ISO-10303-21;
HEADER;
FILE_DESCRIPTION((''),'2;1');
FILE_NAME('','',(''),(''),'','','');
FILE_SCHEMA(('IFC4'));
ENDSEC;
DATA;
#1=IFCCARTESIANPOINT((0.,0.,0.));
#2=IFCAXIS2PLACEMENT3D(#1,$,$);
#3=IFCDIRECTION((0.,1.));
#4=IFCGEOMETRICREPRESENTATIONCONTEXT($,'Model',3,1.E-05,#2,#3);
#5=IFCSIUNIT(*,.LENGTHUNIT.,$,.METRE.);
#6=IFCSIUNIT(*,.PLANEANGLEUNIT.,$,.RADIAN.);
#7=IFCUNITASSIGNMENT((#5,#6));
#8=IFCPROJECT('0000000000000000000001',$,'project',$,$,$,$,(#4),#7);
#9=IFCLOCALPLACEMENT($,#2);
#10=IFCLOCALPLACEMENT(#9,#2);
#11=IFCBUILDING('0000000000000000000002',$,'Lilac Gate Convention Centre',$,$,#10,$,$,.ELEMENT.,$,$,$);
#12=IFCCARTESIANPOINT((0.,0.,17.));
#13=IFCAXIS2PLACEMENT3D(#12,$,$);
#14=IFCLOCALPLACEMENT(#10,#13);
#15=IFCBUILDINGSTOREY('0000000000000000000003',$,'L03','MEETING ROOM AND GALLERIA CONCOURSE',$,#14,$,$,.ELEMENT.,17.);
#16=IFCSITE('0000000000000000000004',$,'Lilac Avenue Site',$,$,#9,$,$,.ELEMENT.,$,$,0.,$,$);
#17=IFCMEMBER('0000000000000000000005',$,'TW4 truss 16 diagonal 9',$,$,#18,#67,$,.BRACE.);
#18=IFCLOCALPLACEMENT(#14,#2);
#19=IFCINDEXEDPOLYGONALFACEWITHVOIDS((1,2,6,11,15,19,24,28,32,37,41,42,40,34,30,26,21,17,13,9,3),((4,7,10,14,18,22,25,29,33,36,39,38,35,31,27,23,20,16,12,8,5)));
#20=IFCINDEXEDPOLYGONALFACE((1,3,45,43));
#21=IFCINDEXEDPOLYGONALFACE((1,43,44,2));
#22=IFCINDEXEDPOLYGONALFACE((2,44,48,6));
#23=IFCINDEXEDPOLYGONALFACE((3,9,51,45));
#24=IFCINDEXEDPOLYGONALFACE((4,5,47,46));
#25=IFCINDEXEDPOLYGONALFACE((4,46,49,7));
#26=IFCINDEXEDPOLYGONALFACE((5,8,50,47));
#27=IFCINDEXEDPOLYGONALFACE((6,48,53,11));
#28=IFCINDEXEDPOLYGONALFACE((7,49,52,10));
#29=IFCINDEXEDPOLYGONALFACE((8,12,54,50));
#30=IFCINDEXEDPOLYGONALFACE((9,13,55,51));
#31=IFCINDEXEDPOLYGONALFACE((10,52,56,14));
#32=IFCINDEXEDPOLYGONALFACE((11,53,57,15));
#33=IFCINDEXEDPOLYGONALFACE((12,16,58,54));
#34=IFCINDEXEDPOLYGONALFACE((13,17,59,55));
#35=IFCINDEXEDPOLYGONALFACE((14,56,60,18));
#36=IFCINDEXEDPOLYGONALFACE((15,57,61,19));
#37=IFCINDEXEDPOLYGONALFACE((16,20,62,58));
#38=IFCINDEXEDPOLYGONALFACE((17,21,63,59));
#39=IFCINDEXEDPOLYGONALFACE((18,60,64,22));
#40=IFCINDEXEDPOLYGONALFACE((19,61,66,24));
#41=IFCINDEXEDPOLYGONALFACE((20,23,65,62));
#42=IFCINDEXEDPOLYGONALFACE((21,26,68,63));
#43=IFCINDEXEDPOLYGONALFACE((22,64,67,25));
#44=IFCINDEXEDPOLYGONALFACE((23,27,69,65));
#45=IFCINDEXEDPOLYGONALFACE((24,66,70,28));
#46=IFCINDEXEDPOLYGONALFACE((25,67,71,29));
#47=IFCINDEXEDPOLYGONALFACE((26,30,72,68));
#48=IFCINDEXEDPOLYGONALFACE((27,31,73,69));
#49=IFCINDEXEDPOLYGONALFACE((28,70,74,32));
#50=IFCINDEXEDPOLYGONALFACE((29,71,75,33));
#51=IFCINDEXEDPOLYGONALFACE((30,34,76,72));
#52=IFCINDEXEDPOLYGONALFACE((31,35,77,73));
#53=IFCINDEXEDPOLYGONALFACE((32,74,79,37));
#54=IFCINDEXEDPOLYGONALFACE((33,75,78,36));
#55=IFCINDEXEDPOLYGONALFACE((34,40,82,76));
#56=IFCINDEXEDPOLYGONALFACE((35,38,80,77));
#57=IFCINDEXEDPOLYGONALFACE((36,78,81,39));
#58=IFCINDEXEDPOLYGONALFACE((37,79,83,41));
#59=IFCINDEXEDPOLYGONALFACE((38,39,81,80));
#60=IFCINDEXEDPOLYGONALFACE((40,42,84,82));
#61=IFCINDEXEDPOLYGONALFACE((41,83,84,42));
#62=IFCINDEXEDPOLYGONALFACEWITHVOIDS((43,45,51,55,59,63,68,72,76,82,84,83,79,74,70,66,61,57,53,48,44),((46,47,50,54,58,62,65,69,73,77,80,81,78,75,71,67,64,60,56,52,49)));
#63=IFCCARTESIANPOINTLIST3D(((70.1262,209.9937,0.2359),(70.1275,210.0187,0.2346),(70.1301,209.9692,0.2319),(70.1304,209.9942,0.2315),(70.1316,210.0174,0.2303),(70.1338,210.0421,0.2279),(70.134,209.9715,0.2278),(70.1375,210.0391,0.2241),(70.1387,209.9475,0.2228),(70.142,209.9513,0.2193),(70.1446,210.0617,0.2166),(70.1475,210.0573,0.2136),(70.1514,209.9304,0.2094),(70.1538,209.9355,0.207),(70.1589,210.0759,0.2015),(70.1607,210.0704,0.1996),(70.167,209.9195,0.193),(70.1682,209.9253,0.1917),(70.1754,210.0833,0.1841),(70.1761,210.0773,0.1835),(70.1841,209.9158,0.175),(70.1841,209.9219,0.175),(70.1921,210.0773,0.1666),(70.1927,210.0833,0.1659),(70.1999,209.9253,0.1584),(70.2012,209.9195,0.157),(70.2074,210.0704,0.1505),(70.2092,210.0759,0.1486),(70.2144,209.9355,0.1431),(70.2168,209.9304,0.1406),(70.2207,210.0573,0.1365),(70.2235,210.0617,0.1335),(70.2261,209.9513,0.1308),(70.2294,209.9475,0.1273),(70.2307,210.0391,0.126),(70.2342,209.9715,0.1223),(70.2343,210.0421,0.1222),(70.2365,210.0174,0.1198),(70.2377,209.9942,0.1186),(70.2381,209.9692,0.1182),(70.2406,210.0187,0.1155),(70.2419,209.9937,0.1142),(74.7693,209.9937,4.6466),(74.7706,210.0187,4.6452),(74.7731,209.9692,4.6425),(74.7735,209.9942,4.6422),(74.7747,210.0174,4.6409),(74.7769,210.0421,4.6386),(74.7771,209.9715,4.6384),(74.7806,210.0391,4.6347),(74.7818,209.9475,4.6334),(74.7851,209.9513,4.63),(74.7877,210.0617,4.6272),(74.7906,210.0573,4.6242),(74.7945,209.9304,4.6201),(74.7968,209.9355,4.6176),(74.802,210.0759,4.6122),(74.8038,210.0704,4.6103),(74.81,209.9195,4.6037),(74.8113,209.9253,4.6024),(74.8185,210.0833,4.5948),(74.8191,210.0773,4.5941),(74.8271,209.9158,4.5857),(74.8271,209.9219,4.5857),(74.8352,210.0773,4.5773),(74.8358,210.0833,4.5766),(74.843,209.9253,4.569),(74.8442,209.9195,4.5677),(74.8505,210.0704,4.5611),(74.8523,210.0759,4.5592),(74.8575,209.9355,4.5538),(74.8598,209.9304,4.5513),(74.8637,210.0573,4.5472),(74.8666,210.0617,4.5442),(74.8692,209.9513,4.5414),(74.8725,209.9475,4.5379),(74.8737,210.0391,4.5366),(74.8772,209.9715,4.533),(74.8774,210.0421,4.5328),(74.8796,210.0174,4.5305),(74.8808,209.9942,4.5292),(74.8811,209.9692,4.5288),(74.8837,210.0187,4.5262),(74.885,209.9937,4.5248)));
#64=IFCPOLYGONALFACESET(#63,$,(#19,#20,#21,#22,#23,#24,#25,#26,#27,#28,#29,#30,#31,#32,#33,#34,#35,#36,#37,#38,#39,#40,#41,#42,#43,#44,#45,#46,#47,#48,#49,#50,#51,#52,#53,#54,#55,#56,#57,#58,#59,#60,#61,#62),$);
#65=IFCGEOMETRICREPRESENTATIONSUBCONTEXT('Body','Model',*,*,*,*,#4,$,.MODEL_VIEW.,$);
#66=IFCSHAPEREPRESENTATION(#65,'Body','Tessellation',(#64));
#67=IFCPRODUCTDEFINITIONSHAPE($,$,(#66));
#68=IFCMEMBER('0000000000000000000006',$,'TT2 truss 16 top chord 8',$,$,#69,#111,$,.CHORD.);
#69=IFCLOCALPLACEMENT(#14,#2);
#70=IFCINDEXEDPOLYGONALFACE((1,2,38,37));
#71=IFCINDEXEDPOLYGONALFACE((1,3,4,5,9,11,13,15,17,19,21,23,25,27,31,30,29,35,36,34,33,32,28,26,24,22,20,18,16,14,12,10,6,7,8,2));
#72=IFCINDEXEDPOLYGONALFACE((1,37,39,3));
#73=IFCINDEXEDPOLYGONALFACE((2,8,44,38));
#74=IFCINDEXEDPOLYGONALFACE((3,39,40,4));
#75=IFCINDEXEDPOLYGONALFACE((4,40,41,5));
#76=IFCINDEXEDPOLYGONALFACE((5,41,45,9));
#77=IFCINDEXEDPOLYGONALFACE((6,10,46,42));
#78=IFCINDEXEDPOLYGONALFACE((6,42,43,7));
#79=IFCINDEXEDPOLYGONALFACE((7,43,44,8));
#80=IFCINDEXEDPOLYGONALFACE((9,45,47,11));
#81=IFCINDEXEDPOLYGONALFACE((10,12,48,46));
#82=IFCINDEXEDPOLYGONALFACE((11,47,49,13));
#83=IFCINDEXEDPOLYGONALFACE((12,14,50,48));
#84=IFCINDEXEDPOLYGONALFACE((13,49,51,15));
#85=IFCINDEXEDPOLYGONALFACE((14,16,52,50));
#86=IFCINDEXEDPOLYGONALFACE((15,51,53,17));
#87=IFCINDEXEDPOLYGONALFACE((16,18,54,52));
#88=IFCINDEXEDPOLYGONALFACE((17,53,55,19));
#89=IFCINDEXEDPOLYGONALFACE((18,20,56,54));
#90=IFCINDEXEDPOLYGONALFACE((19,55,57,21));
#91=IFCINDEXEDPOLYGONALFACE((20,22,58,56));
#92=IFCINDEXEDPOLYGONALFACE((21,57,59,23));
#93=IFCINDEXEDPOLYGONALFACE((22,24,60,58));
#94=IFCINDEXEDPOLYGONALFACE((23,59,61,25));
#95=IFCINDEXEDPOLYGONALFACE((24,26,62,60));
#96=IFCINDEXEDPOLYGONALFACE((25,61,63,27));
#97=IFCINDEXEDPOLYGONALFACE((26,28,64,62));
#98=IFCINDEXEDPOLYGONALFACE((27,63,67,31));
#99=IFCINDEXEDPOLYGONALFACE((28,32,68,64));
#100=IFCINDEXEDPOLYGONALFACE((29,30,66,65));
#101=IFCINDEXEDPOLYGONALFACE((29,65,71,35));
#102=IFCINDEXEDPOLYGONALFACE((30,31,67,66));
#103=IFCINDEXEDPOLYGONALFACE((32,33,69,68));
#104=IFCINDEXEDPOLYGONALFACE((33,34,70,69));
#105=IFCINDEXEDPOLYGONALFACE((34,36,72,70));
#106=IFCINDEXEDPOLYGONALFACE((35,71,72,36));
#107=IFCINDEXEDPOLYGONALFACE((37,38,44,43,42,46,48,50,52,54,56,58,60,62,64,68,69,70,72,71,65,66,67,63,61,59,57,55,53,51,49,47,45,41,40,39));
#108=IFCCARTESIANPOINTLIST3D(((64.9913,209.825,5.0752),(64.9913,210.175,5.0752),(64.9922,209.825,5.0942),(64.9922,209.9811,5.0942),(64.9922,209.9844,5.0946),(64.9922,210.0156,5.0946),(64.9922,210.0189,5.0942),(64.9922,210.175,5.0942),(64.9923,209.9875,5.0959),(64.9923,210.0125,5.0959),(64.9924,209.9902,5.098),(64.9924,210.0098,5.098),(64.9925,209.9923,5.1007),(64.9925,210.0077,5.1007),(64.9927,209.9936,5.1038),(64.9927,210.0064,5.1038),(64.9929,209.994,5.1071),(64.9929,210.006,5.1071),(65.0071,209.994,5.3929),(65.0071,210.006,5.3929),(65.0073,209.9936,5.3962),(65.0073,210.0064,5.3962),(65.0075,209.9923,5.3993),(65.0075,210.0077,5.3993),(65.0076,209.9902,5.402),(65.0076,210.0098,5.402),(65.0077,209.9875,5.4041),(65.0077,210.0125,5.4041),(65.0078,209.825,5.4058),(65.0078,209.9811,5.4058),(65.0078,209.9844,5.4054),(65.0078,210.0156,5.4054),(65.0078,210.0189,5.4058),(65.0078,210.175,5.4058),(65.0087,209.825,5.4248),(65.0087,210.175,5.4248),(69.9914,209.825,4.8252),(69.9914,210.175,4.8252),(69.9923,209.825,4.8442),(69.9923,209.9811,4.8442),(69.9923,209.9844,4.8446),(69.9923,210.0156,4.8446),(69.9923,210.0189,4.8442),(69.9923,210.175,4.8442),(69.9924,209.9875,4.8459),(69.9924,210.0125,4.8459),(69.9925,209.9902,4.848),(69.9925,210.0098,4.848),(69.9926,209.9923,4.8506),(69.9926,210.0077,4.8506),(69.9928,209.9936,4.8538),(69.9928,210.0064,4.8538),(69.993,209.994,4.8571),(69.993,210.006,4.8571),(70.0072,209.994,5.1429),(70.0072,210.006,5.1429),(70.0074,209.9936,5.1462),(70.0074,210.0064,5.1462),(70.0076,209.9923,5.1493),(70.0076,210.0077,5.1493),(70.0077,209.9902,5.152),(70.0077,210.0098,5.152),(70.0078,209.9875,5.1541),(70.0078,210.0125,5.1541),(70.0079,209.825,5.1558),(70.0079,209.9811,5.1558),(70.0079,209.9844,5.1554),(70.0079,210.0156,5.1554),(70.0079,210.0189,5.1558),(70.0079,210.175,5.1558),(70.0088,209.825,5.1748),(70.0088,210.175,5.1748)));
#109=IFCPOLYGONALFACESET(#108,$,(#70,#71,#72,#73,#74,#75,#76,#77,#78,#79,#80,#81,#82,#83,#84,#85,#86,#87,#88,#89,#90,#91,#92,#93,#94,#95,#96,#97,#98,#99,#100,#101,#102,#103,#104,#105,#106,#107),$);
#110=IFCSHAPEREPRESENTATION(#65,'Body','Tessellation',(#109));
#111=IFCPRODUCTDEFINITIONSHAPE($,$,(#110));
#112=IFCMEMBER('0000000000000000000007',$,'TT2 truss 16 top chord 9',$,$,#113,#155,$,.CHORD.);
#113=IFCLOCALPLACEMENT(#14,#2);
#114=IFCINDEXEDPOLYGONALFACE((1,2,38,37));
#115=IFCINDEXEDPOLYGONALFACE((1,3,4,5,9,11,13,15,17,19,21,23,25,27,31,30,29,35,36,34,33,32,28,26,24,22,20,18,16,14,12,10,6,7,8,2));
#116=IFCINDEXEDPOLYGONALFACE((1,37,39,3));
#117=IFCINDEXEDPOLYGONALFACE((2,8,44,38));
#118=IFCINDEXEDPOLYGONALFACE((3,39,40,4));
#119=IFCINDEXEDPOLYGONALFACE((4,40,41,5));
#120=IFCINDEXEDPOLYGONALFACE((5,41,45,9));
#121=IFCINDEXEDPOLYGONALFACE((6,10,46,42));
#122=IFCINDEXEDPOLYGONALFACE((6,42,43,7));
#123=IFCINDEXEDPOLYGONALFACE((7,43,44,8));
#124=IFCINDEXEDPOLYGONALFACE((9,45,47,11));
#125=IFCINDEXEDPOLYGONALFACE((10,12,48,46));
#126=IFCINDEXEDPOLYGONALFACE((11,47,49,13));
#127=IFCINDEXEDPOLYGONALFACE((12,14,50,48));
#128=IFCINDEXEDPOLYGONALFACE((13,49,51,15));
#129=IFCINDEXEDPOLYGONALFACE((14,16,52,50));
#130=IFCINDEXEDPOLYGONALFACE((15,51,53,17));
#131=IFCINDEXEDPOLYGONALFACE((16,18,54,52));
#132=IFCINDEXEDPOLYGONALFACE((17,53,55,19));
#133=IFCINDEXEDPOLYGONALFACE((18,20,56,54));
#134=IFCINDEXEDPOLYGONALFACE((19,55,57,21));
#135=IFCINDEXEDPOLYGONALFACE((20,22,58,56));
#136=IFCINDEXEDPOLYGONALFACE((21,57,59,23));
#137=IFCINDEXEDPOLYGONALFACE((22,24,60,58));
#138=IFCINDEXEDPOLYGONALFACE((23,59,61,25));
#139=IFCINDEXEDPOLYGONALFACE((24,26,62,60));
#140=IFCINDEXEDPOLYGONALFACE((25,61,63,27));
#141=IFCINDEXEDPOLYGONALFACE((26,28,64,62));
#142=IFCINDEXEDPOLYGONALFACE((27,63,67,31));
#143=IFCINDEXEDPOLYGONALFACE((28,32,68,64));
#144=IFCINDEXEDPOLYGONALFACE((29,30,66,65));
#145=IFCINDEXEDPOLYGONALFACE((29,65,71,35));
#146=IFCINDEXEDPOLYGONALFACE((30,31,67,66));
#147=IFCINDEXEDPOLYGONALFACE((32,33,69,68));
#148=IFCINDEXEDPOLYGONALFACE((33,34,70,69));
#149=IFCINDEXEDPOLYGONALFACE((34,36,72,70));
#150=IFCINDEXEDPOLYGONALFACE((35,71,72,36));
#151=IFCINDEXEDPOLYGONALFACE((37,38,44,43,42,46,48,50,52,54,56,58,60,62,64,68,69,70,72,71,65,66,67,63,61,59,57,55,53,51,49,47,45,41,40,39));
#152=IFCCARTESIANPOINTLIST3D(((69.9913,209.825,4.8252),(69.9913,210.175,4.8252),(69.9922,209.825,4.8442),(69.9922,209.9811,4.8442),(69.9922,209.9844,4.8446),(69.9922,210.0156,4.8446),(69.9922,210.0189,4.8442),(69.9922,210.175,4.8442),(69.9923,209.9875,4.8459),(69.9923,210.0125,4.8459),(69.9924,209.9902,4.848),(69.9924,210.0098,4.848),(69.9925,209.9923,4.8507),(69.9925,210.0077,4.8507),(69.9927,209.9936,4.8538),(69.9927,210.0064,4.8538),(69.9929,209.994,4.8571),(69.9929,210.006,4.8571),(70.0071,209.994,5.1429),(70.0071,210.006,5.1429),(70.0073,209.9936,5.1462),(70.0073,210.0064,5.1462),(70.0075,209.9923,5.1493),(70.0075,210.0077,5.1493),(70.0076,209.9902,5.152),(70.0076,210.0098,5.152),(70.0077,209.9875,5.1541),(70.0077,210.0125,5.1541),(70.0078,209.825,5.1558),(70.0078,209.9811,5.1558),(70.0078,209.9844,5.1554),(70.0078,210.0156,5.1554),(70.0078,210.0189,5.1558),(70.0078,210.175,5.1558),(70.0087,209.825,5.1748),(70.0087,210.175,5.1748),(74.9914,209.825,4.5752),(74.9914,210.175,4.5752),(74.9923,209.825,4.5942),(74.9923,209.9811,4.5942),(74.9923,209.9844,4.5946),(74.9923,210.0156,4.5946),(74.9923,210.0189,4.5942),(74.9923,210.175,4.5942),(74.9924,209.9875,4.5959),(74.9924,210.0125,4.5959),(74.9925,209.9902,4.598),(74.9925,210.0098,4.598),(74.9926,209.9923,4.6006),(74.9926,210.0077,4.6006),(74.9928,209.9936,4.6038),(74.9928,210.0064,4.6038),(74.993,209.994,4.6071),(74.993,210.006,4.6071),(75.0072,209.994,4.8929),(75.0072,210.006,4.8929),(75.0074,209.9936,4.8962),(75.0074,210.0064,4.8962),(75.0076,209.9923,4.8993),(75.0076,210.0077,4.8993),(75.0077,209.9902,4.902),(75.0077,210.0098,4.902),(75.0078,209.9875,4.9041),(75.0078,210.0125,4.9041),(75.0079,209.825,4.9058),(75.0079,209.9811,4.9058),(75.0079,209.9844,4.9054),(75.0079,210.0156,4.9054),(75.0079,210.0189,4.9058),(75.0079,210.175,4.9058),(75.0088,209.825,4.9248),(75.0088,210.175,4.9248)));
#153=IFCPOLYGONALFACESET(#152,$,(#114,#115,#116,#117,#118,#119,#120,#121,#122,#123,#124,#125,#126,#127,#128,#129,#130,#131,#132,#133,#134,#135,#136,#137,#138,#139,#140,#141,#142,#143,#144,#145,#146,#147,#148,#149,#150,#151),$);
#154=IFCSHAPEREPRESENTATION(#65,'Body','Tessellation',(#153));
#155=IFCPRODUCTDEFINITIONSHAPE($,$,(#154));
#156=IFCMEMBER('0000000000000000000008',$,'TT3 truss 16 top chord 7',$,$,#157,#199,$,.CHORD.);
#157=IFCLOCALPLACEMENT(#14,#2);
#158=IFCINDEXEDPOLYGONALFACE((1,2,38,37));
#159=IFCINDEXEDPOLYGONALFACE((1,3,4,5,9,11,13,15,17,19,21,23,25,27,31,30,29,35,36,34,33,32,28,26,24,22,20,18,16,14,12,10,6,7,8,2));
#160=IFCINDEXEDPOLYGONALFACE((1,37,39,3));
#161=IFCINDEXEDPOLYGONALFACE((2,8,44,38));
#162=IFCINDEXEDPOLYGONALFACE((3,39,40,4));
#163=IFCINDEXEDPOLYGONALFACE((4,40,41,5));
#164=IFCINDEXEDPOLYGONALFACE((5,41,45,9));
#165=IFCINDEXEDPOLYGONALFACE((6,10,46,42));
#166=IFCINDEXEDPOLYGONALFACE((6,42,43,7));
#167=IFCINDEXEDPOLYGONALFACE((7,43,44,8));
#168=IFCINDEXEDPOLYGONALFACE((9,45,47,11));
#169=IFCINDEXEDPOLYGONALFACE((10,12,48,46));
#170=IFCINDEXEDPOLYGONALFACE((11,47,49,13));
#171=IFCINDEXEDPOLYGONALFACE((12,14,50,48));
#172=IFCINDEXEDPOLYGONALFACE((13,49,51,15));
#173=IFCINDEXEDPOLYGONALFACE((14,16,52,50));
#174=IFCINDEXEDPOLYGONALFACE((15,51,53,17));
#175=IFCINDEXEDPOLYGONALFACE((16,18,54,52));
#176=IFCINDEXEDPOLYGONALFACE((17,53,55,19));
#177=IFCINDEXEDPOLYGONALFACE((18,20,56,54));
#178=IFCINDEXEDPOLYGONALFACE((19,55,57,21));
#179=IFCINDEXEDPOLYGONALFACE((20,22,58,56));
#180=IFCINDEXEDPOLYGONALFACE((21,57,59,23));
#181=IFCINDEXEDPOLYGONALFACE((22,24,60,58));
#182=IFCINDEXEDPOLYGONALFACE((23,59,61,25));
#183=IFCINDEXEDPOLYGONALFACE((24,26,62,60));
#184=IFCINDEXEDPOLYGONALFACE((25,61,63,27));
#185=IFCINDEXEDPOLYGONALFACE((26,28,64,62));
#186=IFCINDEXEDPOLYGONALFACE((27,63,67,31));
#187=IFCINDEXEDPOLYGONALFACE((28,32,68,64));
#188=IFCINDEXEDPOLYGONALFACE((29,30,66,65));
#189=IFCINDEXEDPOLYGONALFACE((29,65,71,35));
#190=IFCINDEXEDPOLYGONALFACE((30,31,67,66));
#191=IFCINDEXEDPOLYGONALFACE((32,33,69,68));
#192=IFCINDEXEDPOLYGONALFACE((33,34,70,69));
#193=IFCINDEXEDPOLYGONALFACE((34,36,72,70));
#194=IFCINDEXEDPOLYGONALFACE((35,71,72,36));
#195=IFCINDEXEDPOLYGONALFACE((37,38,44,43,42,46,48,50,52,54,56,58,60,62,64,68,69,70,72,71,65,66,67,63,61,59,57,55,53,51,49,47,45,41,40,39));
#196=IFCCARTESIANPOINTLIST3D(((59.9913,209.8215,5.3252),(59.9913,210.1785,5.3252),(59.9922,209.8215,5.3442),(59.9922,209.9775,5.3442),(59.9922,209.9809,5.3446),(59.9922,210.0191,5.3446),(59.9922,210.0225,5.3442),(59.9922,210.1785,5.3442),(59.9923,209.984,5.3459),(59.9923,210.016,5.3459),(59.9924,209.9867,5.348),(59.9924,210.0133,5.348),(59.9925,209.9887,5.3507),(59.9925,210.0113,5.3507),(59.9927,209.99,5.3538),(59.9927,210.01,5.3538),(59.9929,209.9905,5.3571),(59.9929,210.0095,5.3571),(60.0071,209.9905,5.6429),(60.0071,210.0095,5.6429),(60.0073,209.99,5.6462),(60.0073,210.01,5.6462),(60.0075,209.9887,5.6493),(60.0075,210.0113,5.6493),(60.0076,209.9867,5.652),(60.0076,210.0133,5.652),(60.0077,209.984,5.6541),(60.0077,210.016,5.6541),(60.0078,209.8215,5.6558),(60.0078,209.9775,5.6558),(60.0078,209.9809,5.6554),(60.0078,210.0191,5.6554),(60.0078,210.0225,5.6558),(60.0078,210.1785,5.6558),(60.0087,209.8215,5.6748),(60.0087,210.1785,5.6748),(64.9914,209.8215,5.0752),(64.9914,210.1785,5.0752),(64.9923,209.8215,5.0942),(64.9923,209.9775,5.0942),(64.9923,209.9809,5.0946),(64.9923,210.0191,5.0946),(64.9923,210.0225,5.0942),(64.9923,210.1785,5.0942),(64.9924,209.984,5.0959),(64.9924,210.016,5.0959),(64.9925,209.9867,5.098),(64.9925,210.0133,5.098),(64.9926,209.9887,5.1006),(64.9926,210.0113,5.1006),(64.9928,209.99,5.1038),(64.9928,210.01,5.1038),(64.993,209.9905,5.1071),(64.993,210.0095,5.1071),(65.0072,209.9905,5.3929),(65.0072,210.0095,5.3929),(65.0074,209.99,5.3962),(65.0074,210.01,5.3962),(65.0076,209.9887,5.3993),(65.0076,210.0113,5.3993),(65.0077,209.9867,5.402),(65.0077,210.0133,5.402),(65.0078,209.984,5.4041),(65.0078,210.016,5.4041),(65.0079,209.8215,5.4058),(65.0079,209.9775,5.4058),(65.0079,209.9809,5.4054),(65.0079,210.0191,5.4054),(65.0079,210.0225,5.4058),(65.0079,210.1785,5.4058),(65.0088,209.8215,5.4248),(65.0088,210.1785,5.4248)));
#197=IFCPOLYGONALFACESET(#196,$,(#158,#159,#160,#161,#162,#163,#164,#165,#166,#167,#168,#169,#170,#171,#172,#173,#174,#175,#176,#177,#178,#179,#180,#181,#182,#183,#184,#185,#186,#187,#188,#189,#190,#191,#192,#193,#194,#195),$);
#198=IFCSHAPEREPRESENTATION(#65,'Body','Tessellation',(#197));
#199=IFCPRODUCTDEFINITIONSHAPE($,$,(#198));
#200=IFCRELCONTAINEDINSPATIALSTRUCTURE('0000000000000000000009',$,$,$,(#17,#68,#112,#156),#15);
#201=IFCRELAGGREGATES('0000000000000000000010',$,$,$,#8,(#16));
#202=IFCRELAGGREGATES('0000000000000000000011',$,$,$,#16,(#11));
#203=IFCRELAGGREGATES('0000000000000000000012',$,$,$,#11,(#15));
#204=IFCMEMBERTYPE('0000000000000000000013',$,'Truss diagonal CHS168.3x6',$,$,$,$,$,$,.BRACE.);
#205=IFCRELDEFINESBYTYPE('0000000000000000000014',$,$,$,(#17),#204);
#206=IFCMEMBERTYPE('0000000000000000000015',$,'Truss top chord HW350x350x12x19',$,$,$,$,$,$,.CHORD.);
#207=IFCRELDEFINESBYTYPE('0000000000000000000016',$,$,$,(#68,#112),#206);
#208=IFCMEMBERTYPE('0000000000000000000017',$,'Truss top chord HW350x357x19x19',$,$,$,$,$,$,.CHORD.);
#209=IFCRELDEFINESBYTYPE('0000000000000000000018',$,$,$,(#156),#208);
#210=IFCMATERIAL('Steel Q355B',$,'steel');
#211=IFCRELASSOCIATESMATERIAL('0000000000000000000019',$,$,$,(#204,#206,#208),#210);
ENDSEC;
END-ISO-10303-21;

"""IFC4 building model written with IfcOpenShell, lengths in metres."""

from ifc_helpers import new_model, si_unit, direction, frame, origin, origin_2d, place, context, subcontext, project, spatial, hollow_circle, i_section, extrude, material, material_profile, profile_set, type_object, element, save


model = new_model("IFC4")

# Units and contexts
model_context = context("Model", 3, precision=1e-05, world=origin(), true_north=direction((0.0, 1.0)))
body_context = subcontext(model_context, "Body", "Model", "MODEL_VIEW")
ifc_project = project(units=[si_unit("LENGTHUNIT", "METRE"), si_unit("PLANEANGLEUNIT", "RADIAN")], contexts=[model_context])

# Site, building, storey
site_placement = place(None, origin())
site = spatial("IfcSite", under=ifc_project, at=site_placement, Name="Lilac Avenue Site", CompositionType="ELEMENT", RefElevation=0.0)
building_placement = place(site_placement, origin())
building = spatial("IfcBuilding", under=site, at=building_placement, Name="Lilac Gate Convention Centre", CompositionType="ELEMENT")
storey_placement = place(building_placement, frame((0.0, 0.0, 17.0)))
storey = spatial("IfcBuildingStorey", under=building, at=storey_placement, Name="L03", Description="MEETING ROOM AND GALLERIA CONCOURSE", CompositionType="ELEMENT", Elevation=17.0)

# Members
ifc_material = material(Name="Steel Q355B", Category="steel")
ifc_material_profile_1 = material_profile(ifc_material, hollow_circle(Radius=0.0842, WallThickness=0.0061, at=origin_2d()), Name="CHS168.3x6")
ifc_profile_set_1 = profile_set([ifc_material_profile_1], Name="Steel Q355B")
member_type_1 = type_object("IfcMemberType", Name="Truss diagonal CHS168.3x6", PredefinedType="BRACE", material=ifc_profile_set_1)
member_1_placement = place(storey_placement, frame((74.8271, 210.0, 4.5857), z_axis=(-0.72502, 0.0, -0.688727), x_axis=(0.0, -1.0, 0.0)))
element("IfcMember", 1, at=member_1_placement, inside=storey, type_object=member_type_1, Name="TW4 truss 16 diagonal 9", PredefinedType="BRACE", context=body_context, shape_type="SweptSolid", body=[
    extrude(hollow_circle(Radius=0.0842, WallThickness=0.0061, at=origin_2d()), origin(), (0.0, 0.0, 1.0), 6.4041),
])
ifc_material_profile_2 = material_profile(ifc_material, i_section(OverallWidth=0.3501, OverallDepth=0.3501, WebThickness=0.012, FlangeThickness=0.019, FilletRadius=0.0129, at=origin_2d()), Name="HW350x350x12x19")
ifc_profile_set_2 = profile_set([ifc_material_profile_2], Name="Steel Q355B")
member_type_2 = type_object("IfcMemberType", Name="Truss top chord HW350x350x12x19", PredefinedType="CHORD", material=ifc_profile_set_2)
for number, where, z_axis, x_axis, name in (
    (2, (65.0, 210.0, 5.25), (0.998752, 0.0, -0.049938), (0.0, 1.0, 0.0), "TT2 truss 16 top chord 8"),
    (3, (70.0, 210.0, 5.0), (0.998752, 0.0, -0.049938), (0.0, 1.0, 0.0), "TT2 truss 16 top chord 9"),
):
    element("IfcMember", number, at=place(storey_placement, frame(where, z_axis=z_axis, x_axis=x_axis)), inside=storey, type_object=member_type_2, Name=name, PredefinedType="CHORD", context=body_context, shape_type="SweptSolid", body=[
        extrude(i_section(OverallWidth=0.3501, OverallDepth=0.3501, WebThickness=0.012, FlangeThickness=0.019, FilletRadius=0.0129, at=origin_2d()), origin(), (0.0, 0.0, 1.0), 5.0063),
    ])
ifc_material_profile_3 = material_profile(ifc_material, i_section(OverallWidth=0.3569, OverallDepth=0.3501, WebThickness=0.019, FlangeThickness=0.019, FilletRadius=0.0129, at=origin_2d()), Name="HW350x357x19x19")
ifc_profile_set_3 = profile_set([ifc_material_profile_3], Name="Steel Q355B")
member_type_3 = type_object("IfcMemberType", Name="Truss top chord HW350x357x19x19", PredefinedType="CHORD", material=ifc_profile_set_3)
member_2_placement = place(storey_placement, frame((60.0, 210.0, 5.5), z_axis=(0.998752, 0.0, -0.049938), x_axis=(0.0, 1.0, 0.0)))
element("IfcMember", 4, at=member_2_placement, inside=storey, type_object=member_type_3, Name="TT3 truss 16 top chord 7", PredefinedType="CHORD", context=body_context, shape_type="SweptSolid", body=[
    extrude(i_section(OverallWidth=0.3569, OverallDepth=0.3501, WebThickness=0.019, FlangeThickness=0.019, FilletRadius=0.0129, at=origin_2d()), origin(), (0.0, 0.0, 1.0), 5.0063),
])

save(model, "model.ifc")
